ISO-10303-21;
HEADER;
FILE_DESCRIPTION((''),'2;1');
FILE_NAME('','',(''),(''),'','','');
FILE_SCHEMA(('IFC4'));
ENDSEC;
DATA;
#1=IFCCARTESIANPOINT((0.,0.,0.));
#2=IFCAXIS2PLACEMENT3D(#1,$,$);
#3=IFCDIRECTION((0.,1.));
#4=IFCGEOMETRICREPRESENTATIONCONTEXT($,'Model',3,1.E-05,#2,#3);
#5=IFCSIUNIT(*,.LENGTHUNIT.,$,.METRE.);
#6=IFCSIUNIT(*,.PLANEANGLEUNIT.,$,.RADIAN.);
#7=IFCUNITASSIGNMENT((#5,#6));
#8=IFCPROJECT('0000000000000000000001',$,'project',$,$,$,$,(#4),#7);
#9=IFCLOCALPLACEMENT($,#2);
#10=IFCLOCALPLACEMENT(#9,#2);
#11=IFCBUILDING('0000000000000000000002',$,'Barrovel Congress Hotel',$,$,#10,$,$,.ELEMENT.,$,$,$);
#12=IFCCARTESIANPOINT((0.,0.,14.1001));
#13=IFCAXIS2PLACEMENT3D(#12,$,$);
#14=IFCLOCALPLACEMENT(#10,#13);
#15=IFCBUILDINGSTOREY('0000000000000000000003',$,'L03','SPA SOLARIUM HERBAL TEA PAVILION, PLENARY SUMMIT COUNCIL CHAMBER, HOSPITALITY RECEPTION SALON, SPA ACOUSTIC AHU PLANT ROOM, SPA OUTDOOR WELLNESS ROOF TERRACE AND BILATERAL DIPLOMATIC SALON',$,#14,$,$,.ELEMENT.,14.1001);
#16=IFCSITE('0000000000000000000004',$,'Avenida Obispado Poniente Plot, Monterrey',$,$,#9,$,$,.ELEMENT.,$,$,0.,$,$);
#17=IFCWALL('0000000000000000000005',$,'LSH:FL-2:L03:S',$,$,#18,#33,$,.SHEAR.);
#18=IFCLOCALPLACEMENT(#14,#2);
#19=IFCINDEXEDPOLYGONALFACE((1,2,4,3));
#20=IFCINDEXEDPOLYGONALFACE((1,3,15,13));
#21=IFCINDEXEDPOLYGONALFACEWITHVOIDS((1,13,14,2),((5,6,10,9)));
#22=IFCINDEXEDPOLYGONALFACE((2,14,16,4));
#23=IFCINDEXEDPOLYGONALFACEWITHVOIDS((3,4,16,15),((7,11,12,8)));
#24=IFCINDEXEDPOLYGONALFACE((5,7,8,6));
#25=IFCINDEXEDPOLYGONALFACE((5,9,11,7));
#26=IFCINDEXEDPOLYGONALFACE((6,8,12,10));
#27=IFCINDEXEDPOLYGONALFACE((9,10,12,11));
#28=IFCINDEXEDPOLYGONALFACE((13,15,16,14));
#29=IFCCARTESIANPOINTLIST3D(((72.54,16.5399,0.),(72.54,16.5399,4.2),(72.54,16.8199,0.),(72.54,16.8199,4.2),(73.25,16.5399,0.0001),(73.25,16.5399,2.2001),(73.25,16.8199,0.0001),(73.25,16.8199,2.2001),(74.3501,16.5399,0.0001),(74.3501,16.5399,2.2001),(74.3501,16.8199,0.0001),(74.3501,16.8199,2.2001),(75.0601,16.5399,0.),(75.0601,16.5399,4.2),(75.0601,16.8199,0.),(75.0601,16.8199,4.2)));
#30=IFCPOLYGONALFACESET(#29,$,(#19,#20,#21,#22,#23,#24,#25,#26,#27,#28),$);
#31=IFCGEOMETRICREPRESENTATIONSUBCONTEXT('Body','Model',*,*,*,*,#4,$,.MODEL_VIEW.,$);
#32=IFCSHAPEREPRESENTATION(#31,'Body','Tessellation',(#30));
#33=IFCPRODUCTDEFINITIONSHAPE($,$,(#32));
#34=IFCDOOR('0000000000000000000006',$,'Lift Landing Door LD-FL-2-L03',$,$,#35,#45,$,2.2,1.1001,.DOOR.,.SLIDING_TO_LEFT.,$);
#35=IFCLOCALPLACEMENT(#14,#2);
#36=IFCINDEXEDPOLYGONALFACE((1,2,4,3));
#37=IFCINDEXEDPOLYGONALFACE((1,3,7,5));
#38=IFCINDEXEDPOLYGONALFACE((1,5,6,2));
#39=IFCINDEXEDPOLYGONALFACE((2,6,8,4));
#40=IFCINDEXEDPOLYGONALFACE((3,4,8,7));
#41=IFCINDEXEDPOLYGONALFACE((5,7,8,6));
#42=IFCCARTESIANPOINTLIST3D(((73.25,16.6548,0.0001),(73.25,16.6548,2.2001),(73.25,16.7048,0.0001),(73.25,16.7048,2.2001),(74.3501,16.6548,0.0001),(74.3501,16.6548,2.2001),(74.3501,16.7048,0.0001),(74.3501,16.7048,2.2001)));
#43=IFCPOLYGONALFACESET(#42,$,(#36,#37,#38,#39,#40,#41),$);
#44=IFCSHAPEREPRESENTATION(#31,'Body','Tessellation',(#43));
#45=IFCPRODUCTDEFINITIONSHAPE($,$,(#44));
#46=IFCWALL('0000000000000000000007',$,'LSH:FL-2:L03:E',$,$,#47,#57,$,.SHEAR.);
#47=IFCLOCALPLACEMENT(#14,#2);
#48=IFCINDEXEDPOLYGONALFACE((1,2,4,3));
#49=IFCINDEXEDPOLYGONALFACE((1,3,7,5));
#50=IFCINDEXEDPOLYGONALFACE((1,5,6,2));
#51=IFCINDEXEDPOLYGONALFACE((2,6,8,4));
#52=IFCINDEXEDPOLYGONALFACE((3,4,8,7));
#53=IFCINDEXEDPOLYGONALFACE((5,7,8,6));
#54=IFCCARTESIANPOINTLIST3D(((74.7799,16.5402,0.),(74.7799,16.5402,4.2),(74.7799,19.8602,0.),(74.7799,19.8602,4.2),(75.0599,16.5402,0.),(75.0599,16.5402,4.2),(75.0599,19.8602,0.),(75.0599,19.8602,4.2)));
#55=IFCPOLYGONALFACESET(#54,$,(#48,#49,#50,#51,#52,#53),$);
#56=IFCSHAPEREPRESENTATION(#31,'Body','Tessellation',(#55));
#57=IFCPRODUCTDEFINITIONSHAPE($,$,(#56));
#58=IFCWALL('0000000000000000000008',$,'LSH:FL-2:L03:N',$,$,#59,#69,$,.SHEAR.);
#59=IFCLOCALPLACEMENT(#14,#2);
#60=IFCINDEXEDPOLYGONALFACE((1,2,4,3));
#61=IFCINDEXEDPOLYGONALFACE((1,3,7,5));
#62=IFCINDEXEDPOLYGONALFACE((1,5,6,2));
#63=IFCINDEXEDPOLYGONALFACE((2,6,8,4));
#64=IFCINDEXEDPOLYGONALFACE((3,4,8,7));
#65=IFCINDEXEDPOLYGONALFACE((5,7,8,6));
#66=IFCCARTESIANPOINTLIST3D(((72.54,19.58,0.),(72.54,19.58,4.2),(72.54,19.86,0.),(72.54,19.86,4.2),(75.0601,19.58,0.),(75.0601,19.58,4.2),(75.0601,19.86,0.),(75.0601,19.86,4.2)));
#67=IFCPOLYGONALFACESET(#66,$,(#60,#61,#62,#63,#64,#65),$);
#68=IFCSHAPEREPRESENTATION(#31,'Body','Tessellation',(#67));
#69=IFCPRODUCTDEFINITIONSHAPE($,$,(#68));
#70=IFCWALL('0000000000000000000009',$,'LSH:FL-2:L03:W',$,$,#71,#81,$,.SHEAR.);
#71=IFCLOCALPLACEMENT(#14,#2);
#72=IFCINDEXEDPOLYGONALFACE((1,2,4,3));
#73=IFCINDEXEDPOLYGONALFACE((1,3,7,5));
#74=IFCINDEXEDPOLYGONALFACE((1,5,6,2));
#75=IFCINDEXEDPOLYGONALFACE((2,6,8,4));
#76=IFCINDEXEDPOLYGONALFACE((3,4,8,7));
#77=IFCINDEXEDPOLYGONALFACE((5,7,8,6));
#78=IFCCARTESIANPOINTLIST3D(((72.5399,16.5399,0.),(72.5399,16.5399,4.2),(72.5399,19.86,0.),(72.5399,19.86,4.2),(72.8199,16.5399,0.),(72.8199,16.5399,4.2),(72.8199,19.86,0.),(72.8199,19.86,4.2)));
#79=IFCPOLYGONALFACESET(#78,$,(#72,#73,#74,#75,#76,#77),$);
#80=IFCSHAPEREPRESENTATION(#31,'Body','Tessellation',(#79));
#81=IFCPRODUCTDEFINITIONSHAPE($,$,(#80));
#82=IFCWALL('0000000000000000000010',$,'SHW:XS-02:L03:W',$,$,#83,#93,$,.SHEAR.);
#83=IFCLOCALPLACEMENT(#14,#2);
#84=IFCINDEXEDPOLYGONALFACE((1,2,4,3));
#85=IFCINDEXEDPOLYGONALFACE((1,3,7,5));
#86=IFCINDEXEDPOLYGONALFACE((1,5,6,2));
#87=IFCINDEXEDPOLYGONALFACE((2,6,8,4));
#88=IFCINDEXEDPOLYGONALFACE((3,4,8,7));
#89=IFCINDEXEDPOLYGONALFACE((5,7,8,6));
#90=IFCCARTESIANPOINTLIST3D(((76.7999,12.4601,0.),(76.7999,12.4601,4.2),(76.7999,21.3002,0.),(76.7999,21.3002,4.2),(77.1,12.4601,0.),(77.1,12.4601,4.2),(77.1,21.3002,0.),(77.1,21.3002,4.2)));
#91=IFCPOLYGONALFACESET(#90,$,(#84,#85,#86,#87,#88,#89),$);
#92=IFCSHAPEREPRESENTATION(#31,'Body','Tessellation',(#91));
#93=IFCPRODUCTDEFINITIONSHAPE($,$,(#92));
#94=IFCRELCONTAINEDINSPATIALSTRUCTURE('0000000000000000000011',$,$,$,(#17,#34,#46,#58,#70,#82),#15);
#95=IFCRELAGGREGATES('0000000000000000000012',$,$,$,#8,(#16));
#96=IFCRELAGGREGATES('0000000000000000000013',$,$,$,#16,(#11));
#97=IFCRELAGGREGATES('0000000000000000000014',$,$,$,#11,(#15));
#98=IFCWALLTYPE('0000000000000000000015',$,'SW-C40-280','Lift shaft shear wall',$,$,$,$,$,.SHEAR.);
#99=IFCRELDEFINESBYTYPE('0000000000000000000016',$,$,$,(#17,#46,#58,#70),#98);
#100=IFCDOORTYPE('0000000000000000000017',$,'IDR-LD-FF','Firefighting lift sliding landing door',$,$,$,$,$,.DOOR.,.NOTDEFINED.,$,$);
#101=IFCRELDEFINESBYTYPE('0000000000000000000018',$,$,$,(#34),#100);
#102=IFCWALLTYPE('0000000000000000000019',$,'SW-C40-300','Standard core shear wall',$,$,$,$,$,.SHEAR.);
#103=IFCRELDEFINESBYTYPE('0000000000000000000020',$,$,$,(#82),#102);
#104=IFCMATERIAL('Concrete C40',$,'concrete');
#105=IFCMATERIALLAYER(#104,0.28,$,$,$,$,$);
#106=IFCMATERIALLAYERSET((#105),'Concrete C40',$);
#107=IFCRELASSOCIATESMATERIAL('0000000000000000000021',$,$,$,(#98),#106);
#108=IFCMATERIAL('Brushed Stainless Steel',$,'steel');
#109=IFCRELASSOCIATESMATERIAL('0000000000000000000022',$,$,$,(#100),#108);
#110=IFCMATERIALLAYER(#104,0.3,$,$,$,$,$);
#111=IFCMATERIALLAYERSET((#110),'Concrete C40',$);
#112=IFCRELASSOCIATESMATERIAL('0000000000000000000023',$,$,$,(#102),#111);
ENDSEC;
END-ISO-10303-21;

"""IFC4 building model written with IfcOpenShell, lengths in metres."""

from ifc_helpers import new_model, si_unit, direction, frame, frame_2d, origin, place, context, subcontext, project, spatial, rectangle, extrude, material, layer, layer_set, type_object, element, fill, save


model = new_model("IFC4")

# Units and contexts
model_context = context("Model", 3, precision=1e-05, world=origin(), true_north=direction((0.0, 1.0)))
body_context = subcontext(model_context, "Body", "Model", "MODEL_VIEW")
ifc_project = project(units=[si_unit("LENGTHUNIT", "METRE"), si_unit("PLANEANGLEUNIT", "RADIAN")], contexts=[model_context])

# Site, building, storey
site_placement = place(None, origin())
site = spatial("IfcSite", under=ifc_project, at=site_placement, Name="Avenida Obispado Poniente Plot, Monterrey", CompositionType="ELEMENT", RefElevation=0.0)
building_placement = place(site_placement, origin())
building = spatial("IfcBuilding", under=site, at=building_placement, Name="Barrovel Congress Hotel", CompositionType="ELEMENT")
storey_placement = place(building_placement, frame((0.0, 0.0, 14.1001)))
storey = spatial("IfcBuildingStorey", under=building, at=storey_placement, Name="L03", Description="SPA SOLARIUM HERBAL TEA PAVILION, PLENARY SUMMIT COUNCIL CHAMBER, HOSPITALITY RECEPTION SALON, SPA ACOUSTIC AHU PLANT ROOM, SPA OUTDOOR WELLNESS ROOF TERRACE AND BILATERAL DIPLOMATIC SALON", CompositionType="ELEMENT", Elevation=14.1001)

# Shared definitions
ifc_material_1 = material(Name="Concrete C40", Category="concrete")

# Wall, opening, door
ifc_layer_1 = layer(ifc_material_1, 0.28)
ifc_layer_set_1 = layer_set([ifc_layer_1], Name="Concrete C40")
wall_type_1 = type_object("IfcWallType", Name="SW-C40-280", Description="Lift shaft shear wall", PredefinedType="SHEAR", material=ifc_layer_set_1)
wall_1_placement = place(storey_placement, frame((72.54, 16.6799, 0.0), z_axis=(0.0, 0.0, 1.0), x_axis=(1.0, 0.0, 0.0)))
wall_1 = element("IfcWall", 1, at=wall_1_placement, inside=storey, type_object=wall_type_1, Name="LSH:FL-2:L03:S", PredefinedType="SHEAR", context=body_context, shape_type="SweptSolid", body=[
    extrude(rectangle(XDim=2.52, YDim=0.28, at=frame_2d((1.26, 0.0))), origin(), (0.0, 0.0, 1.0), 4.2),
])
opening_placement = place(wall_1_placement, frame((0.71, 0.0, 0.0)))
opening = element("IfcOpeningElement", 2, at=opening_placement, cuts=wall_1, PredefinedType="OPENING", context=body_context, shape_type="SweptSolid", body=[
    extrude(rectangle(XDim=1.1001, YDim=2.2, at=frame_2d((0.55, 1.1001))), frame((0.0, 0.1499, 0.0), z_axis=(0.0, -1.0, 0.0), x_axis=(1.0, 0.0, 0.0)), (0.0, 0.0, 1.0), 0.3),
])
ifc_material_2 = material(Name="Brushed Stainless Steel", Category="steel")
door_type = type_object("IfcDoorType", Name="IDR-LD-FF", Description="Firefighting lift sliding landing door", OperationType="NOTDEFINED", PredefinedType="DOOR", material=ifc_material_2)
door_placement = place(opening_placement, origin())
door = element("IfcDoor", 3, at=door_placement, inside=storey, type_object=door_type, Name="Lift Landing Door LD-FL-2-L03", OperationType="SLIDING_TO_LEFT", OverallHeight=2.2, OverallWidth=1.1001, PredefinedType="DOOR", context=body_context, shape_type="SweptSolid", body=[
    extrude(rectangle(XDim=1.1001, YDim=2.2, at=frame_2d((0.55, 1.1001))), frame((0.0, 0.0249, 0.0), z_axis=(0.0, -1.0, 0.0), x_axis=(1.0, 0.0, 0.0)), (0.0, 0.0, 1.0), 0.05),
])
fill(opening, door)

# Walls
wall_2_placement = place(storey_placement, frame((74.9199, 16.54, 0.0), z_axis=(0.0, 0.0, 1.0), x_axis=(0.0, 1.0, 0.0)))
element("IfcWall", 4, at=wall_2_placement, inside=storey, type_object=wall_type_1, Name="LSH:FL-2:L03:E", PredefinedType="SHEAR", context=body_context, shape_type="SweptSolid", body=[
    extrude(rectangle(XDim=3.3201, YDim=0.28, at=frame_2d((1.6602, 0.0))), origin(), (0.0, 0.0, 1.0), 4.2),
])
wall_3_placement = place(storey_placement, frame((75.0601, 19.72, 0.0), z_axis=(0.0, 0.0, 1.0), x_axis=(-1.0, 0.0, 0.0)))
element("IfcWall", 5, at=wall_3_placement, inside=storey, type_object=wall_type_1, Name="LSH:FL-2:L03:N", PredefinedType="SHEAR", context=body_context, shape_type="SweptSolid", body=[
    extrude(rectangle(XDim=2.52, YDim=0.28, at=frame_2d((1.26, 0.0))), origin(), (0.0, 0.0, 1.0), 4.2),
])
wall_4_placement = place(storey_placement, frame((72.6799, 19.8601, 0.0), z_axis=(0.0, 0.0, 1.0), x_axis=(0.0, -1.0, 0.0)))
element("IfcWall", 6, at=wall_4_placement, inside=storey, type_object=wall_type_1, Name="LSH:FL-2:L03:W", PredefinedType="SHEAR", context=body_context, shape_type="SweptSolid", body=[
    extrude(rectangle(XDim=3.3201, YDim=0.28, at=frame_2d((1.6602, 0.0))), origin(), (0.0, 0.0, 1.0), 4.2),
])
ifc_layer_2 = layer(ifc_material_1, 0.3)
ifc_layer_set_2 = layer_set([ifc_layer_2], Name="Concrete C40")
wall_type_2 = type_object("IfcWallType", Name="SW-C40-300", Description="Standard core shear wall", PredefinedType="SHEAR", material=ifc_layer_set_2)
wall_5_placement = place(storey_placement, frame((76.95, 21.3, 0.0), z_axis=(0.0, 0.0, 1.0), x_axis=(0.0, -1.0, 0.0)))
element("IfcWall", 7, at=wall_5_placement, inside=storey, type_object=wall_type_2, Name="SHW:XS-02:L03:W", PredefinedType="SHEAR", context=body_context, shape_type="SweptSolid", body=[
    extrude(rectangle(XDim=8.8401, YDim=0.3, at=frame_2d((4.4199, 0.0))), origin(), (0.0, 0.0, 1.0), 4.2),
])

save(model, "model.ifc")
